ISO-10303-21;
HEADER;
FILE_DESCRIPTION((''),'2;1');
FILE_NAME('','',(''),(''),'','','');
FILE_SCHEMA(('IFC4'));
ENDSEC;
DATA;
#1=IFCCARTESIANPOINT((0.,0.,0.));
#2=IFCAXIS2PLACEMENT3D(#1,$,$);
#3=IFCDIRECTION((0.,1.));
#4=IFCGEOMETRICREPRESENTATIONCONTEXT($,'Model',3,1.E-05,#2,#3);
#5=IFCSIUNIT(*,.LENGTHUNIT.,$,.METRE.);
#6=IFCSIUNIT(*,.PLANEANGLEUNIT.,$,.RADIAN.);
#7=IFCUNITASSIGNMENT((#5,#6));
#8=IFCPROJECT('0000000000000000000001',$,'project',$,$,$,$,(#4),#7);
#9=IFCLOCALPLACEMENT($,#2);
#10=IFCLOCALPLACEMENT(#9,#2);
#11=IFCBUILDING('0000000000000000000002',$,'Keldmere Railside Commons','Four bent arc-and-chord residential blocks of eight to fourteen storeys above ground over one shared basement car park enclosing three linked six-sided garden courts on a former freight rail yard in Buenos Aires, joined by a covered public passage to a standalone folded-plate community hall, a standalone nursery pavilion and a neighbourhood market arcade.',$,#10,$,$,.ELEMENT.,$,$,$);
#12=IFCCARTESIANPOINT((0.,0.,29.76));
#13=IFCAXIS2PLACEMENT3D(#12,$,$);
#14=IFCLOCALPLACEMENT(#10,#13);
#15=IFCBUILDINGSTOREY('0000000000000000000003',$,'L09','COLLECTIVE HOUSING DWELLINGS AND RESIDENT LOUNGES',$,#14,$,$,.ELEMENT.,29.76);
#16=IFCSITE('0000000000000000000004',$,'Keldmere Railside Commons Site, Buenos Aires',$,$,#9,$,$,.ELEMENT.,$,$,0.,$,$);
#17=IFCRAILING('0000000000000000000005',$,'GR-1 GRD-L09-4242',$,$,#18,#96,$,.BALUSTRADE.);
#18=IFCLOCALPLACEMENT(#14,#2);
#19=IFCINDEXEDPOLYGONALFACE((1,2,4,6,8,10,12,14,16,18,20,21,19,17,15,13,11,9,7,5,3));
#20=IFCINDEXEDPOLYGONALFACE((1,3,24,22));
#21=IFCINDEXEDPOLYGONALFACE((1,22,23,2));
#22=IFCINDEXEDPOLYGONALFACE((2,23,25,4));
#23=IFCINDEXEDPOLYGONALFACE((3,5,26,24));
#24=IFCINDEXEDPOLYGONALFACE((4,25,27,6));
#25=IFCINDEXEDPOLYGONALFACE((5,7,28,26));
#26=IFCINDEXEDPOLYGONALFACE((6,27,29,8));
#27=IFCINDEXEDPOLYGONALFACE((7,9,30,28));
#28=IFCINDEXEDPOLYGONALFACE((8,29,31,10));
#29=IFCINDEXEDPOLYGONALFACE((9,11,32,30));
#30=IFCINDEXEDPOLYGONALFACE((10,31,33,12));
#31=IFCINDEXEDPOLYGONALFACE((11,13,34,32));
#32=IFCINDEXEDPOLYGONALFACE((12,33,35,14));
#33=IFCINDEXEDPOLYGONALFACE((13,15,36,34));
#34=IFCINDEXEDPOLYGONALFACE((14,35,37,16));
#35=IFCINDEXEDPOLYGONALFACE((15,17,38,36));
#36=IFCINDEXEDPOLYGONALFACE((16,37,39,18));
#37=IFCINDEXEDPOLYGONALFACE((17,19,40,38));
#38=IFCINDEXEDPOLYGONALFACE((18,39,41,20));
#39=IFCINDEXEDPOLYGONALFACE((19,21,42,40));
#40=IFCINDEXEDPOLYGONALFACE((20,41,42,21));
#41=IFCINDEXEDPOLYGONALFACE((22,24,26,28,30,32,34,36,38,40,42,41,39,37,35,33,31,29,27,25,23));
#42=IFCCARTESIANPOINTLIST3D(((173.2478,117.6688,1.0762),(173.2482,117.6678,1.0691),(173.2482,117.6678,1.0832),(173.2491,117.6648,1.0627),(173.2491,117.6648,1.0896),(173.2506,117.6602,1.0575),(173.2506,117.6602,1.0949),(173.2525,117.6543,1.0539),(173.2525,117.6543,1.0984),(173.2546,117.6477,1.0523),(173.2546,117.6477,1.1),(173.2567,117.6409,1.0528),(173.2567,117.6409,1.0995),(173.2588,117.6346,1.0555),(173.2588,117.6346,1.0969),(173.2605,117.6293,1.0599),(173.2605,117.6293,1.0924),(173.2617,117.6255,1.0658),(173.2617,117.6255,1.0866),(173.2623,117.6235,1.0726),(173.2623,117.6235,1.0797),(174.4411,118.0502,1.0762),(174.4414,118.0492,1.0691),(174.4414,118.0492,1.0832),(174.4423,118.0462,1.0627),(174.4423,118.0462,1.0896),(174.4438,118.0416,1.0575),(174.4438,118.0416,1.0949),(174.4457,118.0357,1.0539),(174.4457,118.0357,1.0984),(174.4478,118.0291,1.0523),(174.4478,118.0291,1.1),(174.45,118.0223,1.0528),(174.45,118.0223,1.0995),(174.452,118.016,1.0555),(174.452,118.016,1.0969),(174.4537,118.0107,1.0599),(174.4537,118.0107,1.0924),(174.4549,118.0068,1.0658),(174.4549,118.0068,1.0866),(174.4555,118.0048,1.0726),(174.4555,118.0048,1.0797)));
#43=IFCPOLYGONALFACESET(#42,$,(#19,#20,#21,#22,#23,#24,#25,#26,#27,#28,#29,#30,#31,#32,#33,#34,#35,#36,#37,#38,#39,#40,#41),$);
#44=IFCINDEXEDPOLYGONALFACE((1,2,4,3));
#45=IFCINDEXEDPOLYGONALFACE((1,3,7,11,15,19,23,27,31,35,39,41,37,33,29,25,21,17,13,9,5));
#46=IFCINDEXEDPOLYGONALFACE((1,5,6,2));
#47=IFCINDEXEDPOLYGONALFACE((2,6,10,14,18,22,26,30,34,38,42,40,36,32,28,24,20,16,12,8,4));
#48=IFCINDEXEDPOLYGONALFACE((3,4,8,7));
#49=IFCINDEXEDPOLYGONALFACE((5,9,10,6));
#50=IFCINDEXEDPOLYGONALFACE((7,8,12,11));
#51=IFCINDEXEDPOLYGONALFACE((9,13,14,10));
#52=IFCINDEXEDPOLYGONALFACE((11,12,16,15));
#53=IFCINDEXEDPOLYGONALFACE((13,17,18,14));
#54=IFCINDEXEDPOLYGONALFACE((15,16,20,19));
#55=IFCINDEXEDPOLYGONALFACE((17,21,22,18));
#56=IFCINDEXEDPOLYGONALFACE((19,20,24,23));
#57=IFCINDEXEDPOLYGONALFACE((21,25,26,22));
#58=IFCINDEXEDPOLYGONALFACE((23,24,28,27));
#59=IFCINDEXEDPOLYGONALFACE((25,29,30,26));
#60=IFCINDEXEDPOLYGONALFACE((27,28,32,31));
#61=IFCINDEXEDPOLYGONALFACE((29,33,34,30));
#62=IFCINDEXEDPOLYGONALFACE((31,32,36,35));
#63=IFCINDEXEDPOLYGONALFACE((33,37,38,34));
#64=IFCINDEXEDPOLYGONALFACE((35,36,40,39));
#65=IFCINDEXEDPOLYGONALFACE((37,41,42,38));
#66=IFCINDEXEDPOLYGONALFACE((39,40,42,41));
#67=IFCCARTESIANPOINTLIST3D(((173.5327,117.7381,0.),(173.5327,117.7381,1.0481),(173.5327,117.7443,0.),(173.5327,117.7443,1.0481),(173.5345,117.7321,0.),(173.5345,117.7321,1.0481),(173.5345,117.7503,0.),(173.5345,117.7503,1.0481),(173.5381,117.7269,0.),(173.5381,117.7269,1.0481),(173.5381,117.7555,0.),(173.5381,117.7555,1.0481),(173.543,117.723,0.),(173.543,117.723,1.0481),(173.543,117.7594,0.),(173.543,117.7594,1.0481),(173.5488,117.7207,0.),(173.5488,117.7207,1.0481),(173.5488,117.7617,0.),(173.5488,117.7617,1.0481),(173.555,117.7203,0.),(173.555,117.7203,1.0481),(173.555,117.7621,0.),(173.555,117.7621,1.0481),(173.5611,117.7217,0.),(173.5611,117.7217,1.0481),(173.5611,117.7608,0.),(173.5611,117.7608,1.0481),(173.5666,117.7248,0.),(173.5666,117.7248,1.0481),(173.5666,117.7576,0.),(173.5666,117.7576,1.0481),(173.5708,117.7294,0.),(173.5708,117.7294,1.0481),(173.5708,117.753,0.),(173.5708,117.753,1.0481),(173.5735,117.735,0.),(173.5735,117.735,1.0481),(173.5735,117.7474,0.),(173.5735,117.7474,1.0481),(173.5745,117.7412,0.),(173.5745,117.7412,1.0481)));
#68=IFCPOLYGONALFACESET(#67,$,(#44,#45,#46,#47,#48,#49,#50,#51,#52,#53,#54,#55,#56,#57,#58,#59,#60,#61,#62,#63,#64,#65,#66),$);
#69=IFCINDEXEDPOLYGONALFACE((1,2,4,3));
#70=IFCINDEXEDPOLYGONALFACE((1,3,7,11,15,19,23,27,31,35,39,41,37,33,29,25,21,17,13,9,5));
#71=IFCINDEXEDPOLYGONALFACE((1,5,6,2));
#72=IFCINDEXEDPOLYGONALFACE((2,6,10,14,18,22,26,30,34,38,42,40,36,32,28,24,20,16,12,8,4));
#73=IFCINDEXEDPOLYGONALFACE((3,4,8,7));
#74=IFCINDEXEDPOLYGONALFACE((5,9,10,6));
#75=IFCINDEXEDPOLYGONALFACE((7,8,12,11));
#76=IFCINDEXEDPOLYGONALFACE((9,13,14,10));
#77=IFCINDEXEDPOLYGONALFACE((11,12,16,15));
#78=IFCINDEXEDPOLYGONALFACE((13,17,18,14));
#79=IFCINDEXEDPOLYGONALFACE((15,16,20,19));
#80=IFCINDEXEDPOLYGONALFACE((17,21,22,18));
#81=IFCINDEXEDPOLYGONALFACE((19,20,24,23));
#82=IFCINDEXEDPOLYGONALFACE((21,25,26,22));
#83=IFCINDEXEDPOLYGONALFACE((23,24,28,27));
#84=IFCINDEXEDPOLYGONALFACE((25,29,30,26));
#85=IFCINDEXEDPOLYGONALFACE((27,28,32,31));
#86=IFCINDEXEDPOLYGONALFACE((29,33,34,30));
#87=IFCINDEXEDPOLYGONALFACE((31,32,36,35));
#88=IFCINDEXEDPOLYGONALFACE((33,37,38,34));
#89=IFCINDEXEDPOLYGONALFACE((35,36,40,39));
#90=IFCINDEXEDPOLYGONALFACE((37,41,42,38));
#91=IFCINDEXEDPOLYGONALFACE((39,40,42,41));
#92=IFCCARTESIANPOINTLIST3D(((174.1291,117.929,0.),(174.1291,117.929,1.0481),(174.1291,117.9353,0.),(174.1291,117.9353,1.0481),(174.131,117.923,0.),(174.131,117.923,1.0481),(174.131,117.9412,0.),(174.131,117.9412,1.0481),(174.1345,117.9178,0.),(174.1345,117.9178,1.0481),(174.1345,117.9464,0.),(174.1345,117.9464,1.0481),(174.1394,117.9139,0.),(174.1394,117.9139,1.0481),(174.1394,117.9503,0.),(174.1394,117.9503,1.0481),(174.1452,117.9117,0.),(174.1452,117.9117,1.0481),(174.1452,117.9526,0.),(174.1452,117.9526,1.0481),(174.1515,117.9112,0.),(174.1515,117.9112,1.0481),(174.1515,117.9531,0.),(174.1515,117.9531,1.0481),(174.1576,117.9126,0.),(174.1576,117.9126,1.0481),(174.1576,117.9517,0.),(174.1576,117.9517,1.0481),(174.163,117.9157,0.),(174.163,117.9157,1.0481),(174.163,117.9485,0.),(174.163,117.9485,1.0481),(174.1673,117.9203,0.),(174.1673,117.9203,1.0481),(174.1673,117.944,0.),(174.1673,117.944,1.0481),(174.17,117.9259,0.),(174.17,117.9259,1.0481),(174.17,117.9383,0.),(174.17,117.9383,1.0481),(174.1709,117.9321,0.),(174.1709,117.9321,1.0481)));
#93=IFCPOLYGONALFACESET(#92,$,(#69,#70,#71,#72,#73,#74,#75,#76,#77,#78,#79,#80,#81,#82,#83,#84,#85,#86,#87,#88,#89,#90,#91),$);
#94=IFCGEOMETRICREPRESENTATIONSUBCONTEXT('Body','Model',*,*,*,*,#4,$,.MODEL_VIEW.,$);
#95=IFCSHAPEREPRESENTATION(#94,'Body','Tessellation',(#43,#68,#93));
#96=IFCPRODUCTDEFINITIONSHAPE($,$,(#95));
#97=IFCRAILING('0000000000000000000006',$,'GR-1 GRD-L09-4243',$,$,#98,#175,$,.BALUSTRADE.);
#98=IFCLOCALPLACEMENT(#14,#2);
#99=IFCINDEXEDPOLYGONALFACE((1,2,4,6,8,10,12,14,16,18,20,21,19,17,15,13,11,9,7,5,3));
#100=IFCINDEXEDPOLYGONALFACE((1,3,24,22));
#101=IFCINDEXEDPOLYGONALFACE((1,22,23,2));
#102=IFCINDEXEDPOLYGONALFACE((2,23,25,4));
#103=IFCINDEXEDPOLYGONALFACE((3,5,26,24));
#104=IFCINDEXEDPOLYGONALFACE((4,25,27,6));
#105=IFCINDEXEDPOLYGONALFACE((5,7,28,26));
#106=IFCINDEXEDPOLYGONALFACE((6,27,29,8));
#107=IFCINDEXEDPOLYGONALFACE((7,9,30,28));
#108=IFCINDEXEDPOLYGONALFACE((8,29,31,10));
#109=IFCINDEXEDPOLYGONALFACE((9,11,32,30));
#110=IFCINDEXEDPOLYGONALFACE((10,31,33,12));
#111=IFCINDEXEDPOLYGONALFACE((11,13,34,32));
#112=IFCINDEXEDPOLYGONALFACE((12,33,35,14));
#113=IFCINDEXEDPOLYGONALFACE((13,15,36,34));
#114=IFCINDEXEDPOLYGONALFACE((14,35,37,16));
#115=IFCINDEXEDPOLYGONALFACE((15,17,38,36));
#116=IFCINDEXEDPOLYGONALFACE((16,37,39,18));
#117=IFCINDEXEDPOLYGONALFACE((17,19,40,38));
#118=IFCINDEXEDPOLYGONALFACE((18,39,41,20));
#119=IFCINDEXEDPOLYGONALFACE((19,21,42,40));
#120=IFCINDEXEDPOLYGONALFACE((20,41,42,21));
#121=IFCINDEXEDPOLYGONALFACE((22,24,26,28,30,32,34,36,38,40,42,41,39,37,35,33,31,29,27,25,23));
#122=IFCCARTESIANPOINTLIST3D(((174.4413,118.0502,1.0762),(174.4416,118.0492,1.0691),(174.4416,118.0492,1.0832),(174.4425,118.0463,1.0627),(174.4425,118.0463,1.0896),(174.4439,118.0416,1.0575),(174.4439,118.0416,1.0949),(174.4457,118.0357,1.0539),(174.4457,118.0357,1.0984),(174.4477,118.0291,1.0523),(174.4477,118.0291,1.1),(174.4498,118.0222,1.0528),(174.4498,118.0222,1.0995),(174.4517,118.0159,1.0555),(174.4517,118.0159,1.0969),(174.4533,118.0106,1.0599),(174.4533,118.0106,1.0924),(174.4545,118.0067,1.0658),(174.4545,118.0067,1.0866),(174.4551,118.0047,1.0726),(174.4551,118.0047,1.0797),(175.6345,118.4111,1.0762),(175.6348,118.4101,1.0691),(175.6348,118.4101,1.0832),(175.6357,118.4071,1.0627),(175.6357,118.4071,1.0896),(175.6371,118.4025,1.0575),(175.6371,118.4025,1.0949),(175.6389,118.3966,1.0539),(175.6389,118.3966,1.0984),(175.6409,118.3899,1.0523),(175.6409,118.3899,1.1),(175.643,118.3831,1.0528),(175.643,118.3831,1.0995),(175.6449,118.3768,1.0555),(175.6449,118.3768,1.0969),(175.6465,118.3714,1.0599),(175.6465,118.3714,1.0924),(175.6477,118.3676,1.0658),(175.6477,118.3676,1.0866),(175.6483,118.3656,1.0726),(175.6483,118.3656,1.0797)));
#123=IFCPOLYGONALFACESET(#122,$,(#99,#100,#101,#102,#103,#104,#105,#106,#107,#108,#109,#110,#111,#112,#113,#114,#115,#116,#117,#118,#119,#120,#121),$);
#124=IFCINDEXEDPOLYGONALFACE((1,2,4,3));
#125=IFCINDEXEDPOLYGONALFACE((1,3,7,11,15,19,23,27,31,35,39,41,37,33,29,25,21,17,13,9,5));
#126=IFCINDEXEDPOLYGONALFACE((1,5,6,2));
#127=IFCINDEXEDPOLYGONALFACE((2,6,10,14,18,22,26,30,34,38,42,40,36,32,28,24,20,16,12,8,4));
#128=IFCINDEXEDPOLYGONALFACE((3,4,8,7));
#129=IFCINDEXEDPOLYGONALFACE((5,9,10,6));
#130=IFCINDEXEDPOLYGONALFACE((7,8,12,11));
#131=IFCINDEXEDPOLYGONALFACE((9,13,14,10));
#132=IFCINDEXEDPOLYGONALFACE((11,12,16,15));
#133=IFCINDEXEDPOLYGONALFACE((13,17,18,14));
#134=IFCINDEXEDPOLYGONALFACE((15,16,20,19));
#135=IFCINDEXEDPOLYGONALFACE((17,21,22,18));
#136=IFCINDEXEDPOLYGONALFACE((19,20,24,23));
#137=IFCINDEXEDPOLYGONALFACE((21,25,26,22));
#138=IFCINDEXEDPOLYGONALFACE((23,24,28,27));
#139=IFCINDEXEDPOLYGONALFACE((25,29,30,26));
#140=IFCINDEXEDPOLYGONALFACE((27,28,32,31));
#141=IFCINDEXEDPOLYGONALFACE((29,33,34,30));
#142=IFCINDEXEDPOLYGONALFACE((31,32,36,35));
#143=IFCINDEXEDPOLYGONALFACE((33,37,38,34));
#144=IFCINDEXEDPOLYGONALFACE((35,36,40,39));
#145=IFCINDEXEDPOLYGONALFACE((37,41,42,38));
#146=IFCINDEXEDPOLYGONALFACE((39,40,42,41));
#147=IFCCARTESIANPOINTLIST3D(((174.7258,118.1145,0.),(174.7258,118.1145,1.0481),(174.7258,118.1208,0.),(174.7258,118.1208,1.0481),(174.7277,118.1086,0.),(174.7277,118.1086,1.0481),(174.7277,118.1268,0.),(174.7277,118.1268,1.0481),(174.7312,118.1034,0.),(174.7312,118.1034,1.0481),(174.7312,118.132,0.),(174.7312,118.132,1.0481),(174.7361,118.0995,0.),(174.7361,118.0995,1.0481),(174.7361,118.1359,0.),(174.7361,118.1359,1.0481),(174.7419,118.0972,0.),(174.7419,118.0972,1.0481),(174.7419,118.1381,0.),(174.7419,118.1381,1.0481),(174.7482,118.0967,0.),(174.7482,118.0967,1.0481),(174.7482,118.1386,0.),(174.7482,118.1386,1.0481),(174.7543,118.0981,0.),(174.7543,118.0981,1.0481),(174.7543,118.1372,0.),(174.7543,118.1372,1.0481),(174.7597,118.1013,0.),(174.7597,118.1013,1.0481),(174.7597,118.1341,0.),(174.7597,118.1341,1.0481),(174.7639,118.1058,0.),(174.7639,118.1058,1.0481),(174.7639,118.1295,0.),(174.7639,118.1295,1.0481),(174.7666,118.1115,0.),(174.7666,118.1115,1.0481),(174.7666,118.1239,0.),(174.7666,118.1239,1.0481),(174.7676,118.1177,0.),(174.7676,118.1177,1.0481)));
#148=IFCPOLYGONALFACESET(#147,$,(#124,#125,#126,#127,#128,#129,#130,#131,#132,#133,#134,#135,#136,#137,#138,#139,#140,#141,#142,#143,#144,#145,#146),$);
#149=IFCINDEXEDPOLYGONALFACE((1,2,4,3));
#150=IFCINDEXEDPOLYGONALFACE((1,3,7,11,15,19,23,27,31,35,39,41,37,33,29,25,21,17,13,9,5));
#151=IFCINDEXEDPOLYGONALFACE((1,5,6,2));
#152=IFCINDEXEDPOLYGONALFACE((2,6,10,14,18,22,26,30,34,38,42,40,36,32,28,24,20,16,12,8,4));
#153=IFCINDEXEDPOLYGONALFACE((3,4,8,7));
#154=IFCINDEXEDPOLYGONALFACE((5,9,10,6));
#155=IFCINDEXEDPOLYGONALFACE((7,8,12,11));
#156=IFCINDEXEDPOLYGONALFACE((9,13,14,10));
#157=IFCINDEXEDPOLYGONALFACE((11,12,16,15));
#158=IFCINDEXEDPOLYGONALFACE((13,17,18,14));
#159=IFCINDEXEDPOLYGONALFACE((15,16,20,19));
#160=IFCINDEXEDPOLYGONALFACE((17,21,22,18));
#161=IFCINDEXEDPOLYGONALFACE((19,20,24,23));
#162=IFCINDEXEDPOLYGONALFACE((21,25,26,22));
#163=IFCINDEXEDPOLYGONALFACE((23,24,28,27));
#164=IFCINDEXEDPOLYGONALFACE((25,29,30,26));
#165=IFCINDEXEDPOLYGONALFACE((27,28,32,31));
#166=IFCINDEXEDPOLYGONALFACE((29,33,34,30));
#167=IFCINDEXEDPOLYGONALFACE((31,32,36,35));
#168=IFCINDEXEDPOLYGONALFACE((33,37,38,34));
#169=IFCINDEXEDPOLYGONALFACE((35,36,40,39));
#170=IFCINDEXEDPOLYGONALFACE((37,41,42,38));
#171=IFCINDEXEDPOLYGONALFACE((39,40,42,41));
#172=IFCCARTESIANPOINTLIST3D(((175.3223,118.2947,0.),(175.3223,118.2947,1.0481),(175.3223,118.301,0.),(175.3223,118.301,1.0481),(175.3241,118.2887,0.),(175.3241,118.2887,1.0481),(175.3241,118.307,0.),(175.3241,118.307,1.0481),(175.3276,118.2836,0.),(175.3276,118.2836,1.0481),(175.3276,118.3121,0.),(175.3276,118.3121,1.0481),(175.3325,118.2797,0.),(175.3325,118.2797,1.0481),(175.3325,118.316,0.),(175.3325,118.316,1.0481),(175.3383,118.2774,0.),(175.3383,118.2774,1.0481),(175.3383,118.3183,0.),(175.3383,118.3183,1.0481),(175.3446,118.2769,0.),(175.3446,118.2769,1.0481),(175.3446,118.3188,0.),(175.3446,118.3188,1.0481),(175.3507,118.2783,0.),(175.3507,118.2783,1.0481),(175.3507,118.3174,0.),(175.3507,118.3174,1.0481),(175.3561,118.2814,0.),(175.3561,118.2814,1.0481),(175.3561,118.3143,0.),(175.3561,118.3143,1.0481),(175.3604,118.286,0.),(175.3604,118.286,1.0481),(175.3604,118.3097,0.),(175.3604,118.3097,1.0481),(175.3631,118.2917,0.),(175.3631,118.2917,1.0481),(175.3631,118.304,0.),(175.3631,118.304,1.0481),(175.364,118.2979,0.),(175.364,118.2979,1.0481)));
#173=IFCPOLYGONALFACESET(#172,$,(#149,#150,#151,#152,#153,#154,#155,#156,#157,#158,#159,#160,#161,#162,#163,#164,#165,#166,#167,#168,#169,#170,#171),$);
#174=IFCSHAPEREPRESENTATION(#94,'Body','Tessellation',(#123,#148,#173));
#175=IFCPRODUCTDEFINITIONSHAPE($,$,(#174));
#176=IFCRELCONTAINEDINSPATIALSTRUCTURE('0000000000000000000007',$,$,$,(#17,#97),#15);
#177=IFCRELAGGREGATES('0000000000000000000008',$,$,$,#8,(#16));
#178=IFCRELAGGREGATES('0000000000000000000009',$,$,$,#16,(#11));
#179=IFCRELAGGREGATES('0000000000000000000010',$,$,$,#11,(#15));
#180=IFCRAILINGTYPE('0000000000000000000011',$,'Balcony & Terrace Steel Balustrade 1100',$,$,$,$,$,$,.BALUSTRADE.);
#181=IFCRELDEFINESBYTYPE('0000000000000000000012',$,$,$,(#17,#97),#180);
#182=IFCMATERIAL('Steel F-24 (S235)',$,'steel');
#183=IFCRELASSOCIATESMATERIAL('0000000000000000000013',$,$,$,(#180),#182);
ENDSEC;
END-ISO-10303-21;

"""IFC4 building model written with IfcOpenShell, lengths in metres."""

from ifc_helpers import new_model, si_unit, direction, frame, origin, origin_2d, place, context, subcontext, project, spatial, circle, extrude, material, type_object, element, save


model = new_model("IFC4")

# Units and contexts
model_context = context("Model", 3, precision=1e-05, world=origin(), true_north=direction((0.0, 1.0)))
body_context = subcontext(model_context, "Body", "Model", "MODEL_VIEW")
ifc_project = project(units=[si_unit("LENGTHUNIT", "METRE"), si_unit("PLANEANGLEUNIT", "RADIAN")], contexts=[model_context])

# Site, building, storey
site_placement = place(None, origin())
site = spatial("IfcSite", under=ifc_project, at=site_placement, Name="Keldmere Railside Commons Site, Buenos Aires", CompositionType="ELEMENT", RefElevation=0.0)
building_placement = place(site_placement, origin())
building = spatial("IfcBuilding", under=site, at=building_placement, Name="Keldmere Railside Commons", Description="Four bent arc-and-chord residential blocks of eight to fourteen storeys above ground over one shared basement car park enclosing three linked six-sided garden courts on a former freight rail yard in Buenos Aires, joined by a covered public passage to a standalone folded-plate community hall, a standalone nursery pavilion and a neighbourhood market arcade.", CompositionType="ELEMENT")
storey_placement = place(building_placement, frame((0.0, 0.0, 29.76)))
storey = spatial("IfcBuildingStorey", under=building, at=storey_placement, Name="L09", Description="COLLECTIVE HOUSING DWELLINGS AND RESIDENT LOUNGES", CompositionType="ELEMENT", Elevation=29.76)

# Railings
ifc_material_1 = material(Name="Steel F-24 (S235)", Category="steel")
railing_type = type_object("IfcRailingType", Name="Balcony & Terrace Steel Balustrade 1100", PredefinedType="BALUSTRADE", material=ifc_material_1)
railing_1_placement = place(storey_placement, frame((173.2551, 117.646, 0.0)))
element("IfcRailing", 1, at=railing_1_placement, inside=storey, type_object=railing_type, Name="GR-1 GRD-L09-4242", PredefinedType="BALUSTRADE", context=body_context, shape_type="SweptSolid", body=[
    extrude(circle(Radius=0.0239, at=origin_2d()), frame((0.0, 0.0, 1.0762), z_axis=(0.952528, 0.30445, 0.0), x_axis=(-0.30445, 0.952528, 0.0)), (0.0, 0.0, 1.0), 1.2527),
    extrude(circle(Radius=0.021, at=origin_2d()), frame((0.2983, 0.0952, 0.0)), (0.0, 0.0, 1.0), 1.0481),
    extrude(circle(Radius=0.021, at=origin_2d()), frame((0.8948, 0.2861, 0.0)), (0.0, 0.0, 1.0), 1.0481),
])
railing_2_placement = place(storey_placement, frame((174.4482, 118.0273, 0.0)))
element("IfcRailing", 2, at=railing_2_placement, inside=storey, type_object=railing_type, Name="GR-1 GRD-L09-4243", PredefinedType="BALUSTRADE", context=body_context, shape_type="SweptSolid", body=[
    extrude(circle(Radius=0.0239, at=origin_2d()), frame((0.0, 0.0, 1.0762), z_axis=(0.957182, 0.289485, 0.0), x_axis=(-0.289485, 0.957182, 0.0)), (0.0, 0.0, 1.0), 1.2466),
    extrude(circle(Radius=0.021, at=origin_2d()), frame((0.2983, 0.0903, 0.0)), (0.0, 0.0, 1.0), 1.0481),
    extrude(circle(Radius=0.021, at=origin_2d()), frame((0.8948, 0.2705, 0.0)), (0.0, 0.0, 1.0), 1.0481),
])

save(model, "model.ifc")
